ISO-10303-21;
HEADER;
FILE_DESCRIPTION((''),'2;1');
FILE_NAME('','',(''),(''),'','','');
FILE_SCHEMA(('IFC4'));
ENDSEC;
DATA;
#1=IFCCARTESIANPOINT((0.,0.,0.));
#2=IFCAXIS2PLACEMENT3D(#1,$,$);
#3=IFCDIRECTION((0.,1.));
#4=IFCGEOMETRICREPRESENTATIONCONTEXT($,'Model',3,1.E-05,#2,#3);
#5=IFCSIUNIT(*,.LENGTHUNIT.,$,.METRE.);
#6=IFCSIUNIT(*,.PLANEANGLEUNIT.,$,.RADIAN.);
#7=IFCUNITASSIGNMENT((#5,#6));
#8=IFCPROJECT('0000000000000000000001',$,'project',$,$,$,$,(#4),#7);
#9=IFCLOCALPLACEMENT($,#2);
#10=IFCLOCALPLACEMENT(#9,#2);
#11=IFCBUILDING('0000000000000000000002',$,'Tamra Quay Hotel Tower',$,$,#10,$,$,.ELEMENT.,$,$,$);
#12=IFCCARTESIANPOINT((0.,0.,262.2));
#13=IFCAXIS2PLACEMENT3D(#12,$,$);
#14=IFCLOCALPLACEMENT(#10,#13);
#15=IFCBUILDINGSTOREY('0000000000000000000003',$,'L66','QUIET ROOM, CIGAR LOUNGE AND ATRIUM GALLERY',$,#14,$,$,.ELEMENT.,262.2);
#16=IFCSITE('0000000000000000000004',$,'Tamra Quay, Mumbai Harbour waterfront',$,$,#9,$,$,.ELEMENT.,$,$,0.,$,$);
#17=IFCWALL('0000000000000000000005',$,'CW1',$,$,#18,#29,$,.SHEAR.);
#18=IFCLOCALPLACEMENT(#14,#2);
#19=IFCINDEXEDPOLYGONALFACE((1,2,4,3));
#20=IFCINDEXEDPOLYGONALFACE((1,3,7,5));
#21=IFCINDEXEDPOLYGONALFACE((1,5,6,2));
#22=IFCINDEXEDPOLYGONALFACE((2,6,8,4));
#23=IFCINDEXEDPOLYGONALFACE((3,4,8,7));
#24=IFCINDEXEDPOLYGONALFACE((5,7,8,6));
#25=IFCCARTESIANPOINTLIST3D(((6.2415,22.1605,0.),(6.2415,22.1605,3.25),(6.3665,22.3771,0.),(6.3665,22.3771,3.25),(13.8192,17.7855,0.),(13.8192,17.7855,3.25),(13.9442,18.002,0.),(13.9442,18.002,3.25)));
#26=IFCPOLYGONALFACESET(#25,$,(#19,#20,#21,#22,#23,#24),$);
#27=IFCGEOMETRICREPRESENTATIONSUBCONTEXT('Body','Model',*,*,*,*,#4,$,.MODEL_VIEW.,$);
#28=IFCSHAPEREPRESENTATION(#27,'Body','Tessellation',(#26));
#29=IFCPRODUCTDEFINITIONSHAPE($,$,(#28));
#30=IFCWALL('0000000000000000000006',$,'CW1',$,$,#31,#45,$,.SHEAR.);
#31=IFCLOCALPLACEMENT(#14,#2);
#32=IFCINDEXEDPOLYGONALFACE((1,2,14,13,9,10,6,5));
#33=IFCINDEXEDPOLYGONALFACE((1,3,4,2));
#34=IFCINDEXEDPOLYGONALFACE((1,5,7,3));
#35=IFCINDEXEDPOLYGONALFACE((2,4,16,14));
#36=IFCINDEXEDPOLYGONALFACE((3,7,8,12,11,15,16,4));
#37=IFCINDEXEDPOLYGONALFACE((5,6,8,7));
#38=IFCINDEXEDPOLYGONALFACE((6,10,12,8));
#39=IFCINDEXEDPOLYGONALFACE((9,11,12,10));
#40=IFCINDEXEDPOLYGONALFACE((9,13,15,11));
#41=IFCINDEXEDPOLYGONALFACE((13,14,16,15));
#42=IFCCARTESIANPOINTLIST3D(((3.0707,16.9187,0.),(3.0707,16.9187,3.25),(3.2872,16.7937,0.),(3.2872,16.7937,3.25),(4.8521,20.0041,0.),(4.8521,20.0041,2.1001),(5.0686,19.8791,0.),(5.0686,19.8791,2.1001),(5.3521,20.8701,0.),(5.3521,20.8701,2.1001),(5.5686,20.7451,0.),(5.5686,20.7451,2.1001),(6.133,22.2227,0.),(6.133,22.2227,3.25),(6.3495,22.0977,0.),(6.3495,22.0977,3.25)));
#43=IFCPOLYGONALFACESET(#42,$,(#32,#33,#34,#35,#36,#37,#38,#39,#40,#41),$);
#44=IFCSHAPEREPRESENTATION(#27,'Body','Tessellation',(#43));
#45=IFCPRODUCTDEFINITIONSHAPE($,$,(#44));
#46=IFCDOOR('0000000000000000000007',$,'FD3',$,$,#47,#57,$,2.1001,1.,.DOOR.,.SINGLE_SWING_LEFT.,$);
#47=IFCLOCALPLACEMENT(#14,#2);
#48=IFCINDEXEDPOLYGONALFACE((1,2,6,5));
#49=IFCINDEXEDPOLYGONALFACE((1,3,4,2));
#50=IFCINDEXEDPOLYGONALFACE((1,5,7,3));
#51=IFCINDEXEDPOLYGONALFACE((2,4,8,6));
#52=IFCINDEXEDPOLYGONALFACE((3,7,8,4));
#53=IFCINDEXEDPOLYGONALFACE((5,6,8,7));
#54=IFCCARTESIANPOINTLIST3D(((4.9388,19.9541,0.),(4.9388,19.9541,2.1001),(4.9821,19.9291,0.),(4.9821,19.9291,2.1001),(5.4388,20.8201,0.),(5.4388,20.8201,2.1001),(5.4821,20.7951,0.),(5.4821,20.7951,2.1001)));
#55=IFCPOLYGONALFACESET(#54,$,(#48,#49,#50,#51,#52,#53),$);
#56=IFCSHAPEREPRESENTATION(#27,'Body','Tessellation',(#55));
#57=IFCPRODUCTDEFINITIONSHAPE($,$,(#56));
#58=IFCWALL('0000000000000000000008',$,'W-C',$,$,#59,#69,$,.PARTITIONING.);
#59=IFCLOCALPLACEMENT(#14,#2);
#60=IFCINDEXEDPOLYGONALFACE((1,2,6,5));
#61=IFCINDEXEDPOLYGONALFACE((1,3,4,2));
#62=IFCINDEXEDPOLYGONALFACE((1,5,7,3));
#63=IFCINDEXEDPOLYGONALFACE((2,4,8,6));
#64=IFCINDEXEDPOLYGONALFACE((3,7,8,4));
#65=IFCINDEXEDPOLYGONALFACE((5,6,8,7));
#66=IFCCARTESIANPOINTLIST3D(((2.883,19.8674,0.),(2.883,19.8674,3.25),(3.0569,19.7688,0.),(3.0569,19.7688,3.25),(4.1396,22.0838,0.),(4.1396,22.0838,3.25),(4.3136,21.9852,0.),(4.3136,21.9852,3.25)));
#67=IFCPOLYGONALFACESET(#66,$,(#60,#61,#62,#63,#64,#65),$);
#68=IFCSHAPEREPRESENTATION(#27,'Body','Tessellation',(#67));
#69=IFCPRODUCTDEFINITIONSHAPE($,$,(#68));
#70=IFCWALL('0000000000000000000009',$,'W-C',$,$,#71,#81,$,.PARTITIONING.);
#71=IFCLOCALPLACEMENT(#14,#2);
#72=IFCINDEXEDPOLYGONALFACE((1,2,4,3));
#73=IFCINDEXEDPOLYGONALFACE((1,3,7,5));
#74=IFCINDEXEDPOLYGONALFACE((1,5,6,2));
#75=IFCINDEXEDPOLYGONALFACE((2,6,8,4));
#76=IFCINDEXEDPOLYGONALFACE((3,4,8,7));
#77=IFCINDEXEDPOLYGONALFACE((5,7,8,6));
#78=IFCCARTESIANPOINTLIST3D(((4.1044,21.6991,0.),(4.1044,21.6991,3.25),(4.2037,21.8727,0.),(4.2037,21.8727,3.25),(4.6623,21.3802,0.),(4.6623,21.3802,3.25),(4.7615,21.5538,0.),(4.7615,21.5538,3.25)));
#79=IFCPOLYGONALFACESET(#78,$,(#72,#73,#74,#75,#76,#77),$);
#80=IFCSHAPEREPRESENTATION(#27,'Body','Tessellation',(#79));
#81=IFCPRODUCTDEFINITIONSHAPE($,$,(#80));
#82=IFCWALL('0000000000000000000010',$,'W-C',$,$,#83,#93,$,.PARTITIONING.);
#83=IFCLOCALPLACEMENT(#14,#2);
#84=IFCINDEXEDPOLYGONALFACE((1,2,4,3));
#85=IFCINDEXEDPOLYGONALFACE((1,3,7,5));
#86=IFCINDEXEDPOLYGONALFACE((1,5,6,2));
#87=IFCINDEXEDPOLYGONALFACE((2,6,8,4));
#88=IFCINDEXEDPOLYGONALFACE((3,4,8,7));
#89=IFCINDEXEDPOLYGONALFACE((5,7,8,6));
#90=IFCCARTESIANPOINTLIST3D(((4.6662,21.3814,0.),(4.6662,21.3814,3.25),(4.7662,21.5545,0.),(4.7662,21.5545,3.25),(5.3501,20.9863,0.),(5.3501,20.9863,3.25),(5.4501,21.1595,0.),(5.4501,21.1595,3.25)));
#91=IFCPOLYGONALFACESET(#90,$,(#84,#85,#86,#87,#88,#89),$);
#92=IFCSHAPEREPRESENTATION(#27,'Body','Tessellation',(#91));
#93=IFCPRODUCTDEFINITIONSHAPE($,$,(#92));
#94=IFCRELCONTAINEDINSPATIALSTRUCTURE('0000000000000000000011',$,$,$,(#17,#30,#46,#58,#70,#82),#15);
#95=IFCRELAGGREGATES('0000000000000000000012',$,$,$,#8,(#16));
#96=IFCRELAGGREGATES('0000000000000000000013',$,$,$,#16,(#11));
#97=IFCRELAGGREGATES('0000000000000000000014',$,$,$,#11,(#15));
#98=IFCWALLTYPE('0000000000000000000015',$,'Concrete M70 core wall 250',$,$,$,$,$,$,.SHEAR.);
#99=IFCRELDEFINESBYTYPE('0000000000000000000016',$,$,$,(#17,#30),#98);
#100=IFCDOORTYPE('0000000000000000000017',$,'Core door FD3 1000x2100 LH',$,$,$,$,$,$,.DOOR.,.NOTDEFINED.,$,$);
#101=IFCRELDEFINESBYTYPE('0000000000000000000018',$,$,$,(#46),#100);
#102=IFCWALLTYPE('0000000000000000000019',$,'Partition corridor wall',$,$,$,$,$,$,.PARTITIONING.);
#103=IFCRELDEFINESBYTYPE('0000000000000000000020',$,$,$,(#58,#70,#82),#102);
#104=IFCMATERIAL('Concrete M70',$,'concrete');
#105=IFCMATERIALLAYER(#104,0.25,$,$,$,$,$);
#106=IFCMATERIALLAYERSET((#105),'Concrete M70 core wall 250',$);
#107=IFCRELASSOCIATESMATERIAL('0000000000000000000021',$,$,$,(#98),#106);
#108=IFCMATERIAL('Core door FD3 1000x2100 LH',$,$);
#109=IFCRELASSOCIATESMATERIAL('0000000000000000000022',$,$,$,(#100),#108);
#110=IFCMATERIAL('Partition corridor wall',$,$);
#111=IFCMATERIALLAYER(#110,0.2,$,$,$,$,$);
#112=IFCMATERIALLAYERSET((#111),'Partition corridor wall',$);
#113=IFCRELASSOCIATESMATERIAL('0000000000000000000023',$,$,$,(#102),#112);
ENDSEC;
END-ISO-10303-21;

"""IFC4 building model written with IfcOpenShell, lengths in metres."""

from ifc_helpers import new_model, si_unit, direction, frame, frame_2d, origin, place, context, subcontext, project, spatial, rectangle, extrude, material, layer, layer_set, type_object, element, fill, save


model = new_model("IFC4")

# Units and contexts
model_context = context("Model", 3, precision=1e-05, world=origin(), true_north=direction((0.0, 1.0)))
body_context = subcontext(model_context, "Body", "Model", "MODEL_VIEW")
ifc_project = project(units=[si_unit("LENGTHUNIT", "METRE"), si_unit("PLANEANGLEUNIT", "RADIAN")], contexts=[model_context])

# Site, building, storey
site_placement = place(None, origin())
site = spatial("IfcSite", under=ifc_project, at=site_placement, Name="Tamra Quay, Mumbai Harbour waterfront", CompositionType="ELEMENT", RefElevation=0.0)
building_placement = place(site_placement, origin())
building = spatial("IfcBuilding", under=site, at=building_placement, Name="Tamra Quay Hotel Tower", CompositionType="ELEMENT")
storey_placement = place(building_placement, frame((0.0, 0.0, 262.2)))
storey = spatial("IfcBuildingStorey", under=building, at=storey_placement, Name="L66", Description="QUIET ROOM, CIGAR LOUNGE AND ATRIUM GALLERY", CompositionType="ELEMENT", Elevation=262.2)

# Shared definitions
ifc_material_1 = material(Name="Concrete M70", Category="concrete")

# Wall
ifc_layer_1 = layer(ifc_material_1, 0.25)
ifc_layer_set_1 = layer_set([ifc_layer_1], Name="Concrete M70 core wall 250")
wall_type_1 = type_object("IfcWallType", Name="Concrete M70 core wall 250", PredefinedType="SHEAR", material=ifc_layer_set_1)
wall_1_placement = place(storey_placement, frame((6.304, 22.2688, 0.0), z_axis=(0.0, 0.0, 1.0), x_axis=(0.866023, -0.500004, 0.0)))
element("IfcWall", 1, at=wall_1_placement, inside=storey, type_object=wall_type_1, Name="CW1", PredefinedType="SHEAR", context=body_context, shape_type="SweptSolid", body=[
    extrude(rectangle(XDim=8.75, YDim=0.25, at=frame_2d((4.375, 0.0))), origin(), (0.0, 0.0, 1.0), 3.25),
])

# Wall, opening, door
wall_2_placement = place(storey_placement, frame((3.179, 16.8562, 0.0), z_axis=(0.0, 0.0, 1.0), x_axis=(0.500002, 0.866024, 0.0)))
wall_2 = element("IfcWall", 2, at=wall_2_placement, inside=storey, type_object=wall_type_1, Name="CW1", PredefinedType="SHEAR", context=body_context, shape_type="SweptSolid", body=[
    extrude(rectangle(XDim=6.1245, YDim=0.25, at=frame_2d((3.0623, 0.0))), origin(), (0.0, 0.0, 1.0), 3.25),
])
opening_1_placement = place(wall_2_placement, frame((3.5627, 0.0, 0.0)))
opening_1 = element("IfcOpeningElement", 3, at=opening_1_placement, cuts=wall_2, PredefinedType="OPENING", context=body_context, shape_type="SweptSolid", body=[
    extrude(rectangle(XDim=1.0, YDim=2.1001, at=frame_2d((0.5, 1.05))), frame((0.0, 0.135, 0.0), z_axis=(0.0, -1.0, 0.0), x_axis=(1.0, 0.0, 0.0)), (0.0, 0.0, 1.0), 0.27),
])
ifc_material_2 = material(Name="Core door FD3 1000x2100 LH")
door_type_1 = type_object("IfcDoorType", Name="Core door FD3 1000x2100 LH", OperationType="NOTDEFINED", PredefinedType="DOOR", material=ifc_material_2)
door_1_placement = place(opening_1_placement, origin())
door_1 = element("IfcDoor", 4, at=door_1_placement, inside=storey, type_object=door_type_1, Name="FD3", OperationType="SINGLE_SWING_LEFT", OverallHeight=2.1001, OverallWidth=1.0, PredefinedType="DOOR", context=body_context, shape_type="SweptSolid", body=[
    extrude(rectangle(XDim=1.0, YDim=2.1001, at=frame_2d((0.5, 1.05))), frame((0.0, 0.0249, 0.0), z_axis=(0.0, -1.0, 0.0), x_axis=(1.0, 0.0, 0.0)), (0.0, 0.0, 1.0), 0.05),
])
fill(opening_1, door_1)

# Walls
ifc_material_3 = material(Name="Partition corridor wall")
ifc_layer_2 = layer(ifc_material_3, 0.2)
ifc_layer_set_2 = layer_set([ifc_layer_2], Name="Partition corridor wall")
wall_type_2 = type_object("IfcWallType", Name="Partition corridor wall", PredefinedType="PARTITIONING", material=ifc_layer_set_2)
wall_3_placement = place(storey_placement, frame((2.97, 19.8181, 0.0), z_axis=(0.0, 0.0, 1.0), x_axis=(0.493216, 0.869907, 0.0)))
element("IfcWall", 5, at=wall_3_placement, inside=storey, type_object=wall_type_2, Name="W-C", PredefinedType="PARTITIONING", context=body_context, shape_type="SweptSolid", body=[
    extrude(rectangle(XDim=2.5479, YDim=0.2, at=frame_2d((1.2739, 0.0))), origin(), (0.0, 0.0, 1.0), 3.25),
])
wall_4_placement = place(storey_placement, frame((4.1541, 21.7859, 0.0), z_axis=(0.0, 0.0, 1.0), x_axis=(0.868196, -0.496221, 0.0)))
element("IfcWall", 6, at=wall_4_placement, inside=storey, type_object=wall_type_2, Name="W-C", PredefinedType="PARTITIONING", context=body_context, shape_type="SweptSolid", body=[
    extrude(rectangle(XDim=0.6426, YDim=0.2, at=frame_2d((0.3213, 0.0))), origin(), (0.0, 0.0, 1.0), 3.25),
])
wall_5_placement = place(storey_placement, frame((4.7161, 21.468, 0.0), z_axis=(0.0, 0.0, 1.0), x_axis=(0.865913, -0.500195, 0.0)))
element("IfcWall", 7, at=wall_5_placement, inside=storey, type_object=wall_type_2, Name="W-C", PredefinedType="PARTITIONING", context=body_context, shape_type="SweptSolid", body=[
    extrude(rectangle(XDim=0.7898, YDim=0.2, at=frame_2d((0.395, 0.0))), origin(), (0.0, 0.0, 1.0), 3.25),
])

save(model, "model.ifc")
